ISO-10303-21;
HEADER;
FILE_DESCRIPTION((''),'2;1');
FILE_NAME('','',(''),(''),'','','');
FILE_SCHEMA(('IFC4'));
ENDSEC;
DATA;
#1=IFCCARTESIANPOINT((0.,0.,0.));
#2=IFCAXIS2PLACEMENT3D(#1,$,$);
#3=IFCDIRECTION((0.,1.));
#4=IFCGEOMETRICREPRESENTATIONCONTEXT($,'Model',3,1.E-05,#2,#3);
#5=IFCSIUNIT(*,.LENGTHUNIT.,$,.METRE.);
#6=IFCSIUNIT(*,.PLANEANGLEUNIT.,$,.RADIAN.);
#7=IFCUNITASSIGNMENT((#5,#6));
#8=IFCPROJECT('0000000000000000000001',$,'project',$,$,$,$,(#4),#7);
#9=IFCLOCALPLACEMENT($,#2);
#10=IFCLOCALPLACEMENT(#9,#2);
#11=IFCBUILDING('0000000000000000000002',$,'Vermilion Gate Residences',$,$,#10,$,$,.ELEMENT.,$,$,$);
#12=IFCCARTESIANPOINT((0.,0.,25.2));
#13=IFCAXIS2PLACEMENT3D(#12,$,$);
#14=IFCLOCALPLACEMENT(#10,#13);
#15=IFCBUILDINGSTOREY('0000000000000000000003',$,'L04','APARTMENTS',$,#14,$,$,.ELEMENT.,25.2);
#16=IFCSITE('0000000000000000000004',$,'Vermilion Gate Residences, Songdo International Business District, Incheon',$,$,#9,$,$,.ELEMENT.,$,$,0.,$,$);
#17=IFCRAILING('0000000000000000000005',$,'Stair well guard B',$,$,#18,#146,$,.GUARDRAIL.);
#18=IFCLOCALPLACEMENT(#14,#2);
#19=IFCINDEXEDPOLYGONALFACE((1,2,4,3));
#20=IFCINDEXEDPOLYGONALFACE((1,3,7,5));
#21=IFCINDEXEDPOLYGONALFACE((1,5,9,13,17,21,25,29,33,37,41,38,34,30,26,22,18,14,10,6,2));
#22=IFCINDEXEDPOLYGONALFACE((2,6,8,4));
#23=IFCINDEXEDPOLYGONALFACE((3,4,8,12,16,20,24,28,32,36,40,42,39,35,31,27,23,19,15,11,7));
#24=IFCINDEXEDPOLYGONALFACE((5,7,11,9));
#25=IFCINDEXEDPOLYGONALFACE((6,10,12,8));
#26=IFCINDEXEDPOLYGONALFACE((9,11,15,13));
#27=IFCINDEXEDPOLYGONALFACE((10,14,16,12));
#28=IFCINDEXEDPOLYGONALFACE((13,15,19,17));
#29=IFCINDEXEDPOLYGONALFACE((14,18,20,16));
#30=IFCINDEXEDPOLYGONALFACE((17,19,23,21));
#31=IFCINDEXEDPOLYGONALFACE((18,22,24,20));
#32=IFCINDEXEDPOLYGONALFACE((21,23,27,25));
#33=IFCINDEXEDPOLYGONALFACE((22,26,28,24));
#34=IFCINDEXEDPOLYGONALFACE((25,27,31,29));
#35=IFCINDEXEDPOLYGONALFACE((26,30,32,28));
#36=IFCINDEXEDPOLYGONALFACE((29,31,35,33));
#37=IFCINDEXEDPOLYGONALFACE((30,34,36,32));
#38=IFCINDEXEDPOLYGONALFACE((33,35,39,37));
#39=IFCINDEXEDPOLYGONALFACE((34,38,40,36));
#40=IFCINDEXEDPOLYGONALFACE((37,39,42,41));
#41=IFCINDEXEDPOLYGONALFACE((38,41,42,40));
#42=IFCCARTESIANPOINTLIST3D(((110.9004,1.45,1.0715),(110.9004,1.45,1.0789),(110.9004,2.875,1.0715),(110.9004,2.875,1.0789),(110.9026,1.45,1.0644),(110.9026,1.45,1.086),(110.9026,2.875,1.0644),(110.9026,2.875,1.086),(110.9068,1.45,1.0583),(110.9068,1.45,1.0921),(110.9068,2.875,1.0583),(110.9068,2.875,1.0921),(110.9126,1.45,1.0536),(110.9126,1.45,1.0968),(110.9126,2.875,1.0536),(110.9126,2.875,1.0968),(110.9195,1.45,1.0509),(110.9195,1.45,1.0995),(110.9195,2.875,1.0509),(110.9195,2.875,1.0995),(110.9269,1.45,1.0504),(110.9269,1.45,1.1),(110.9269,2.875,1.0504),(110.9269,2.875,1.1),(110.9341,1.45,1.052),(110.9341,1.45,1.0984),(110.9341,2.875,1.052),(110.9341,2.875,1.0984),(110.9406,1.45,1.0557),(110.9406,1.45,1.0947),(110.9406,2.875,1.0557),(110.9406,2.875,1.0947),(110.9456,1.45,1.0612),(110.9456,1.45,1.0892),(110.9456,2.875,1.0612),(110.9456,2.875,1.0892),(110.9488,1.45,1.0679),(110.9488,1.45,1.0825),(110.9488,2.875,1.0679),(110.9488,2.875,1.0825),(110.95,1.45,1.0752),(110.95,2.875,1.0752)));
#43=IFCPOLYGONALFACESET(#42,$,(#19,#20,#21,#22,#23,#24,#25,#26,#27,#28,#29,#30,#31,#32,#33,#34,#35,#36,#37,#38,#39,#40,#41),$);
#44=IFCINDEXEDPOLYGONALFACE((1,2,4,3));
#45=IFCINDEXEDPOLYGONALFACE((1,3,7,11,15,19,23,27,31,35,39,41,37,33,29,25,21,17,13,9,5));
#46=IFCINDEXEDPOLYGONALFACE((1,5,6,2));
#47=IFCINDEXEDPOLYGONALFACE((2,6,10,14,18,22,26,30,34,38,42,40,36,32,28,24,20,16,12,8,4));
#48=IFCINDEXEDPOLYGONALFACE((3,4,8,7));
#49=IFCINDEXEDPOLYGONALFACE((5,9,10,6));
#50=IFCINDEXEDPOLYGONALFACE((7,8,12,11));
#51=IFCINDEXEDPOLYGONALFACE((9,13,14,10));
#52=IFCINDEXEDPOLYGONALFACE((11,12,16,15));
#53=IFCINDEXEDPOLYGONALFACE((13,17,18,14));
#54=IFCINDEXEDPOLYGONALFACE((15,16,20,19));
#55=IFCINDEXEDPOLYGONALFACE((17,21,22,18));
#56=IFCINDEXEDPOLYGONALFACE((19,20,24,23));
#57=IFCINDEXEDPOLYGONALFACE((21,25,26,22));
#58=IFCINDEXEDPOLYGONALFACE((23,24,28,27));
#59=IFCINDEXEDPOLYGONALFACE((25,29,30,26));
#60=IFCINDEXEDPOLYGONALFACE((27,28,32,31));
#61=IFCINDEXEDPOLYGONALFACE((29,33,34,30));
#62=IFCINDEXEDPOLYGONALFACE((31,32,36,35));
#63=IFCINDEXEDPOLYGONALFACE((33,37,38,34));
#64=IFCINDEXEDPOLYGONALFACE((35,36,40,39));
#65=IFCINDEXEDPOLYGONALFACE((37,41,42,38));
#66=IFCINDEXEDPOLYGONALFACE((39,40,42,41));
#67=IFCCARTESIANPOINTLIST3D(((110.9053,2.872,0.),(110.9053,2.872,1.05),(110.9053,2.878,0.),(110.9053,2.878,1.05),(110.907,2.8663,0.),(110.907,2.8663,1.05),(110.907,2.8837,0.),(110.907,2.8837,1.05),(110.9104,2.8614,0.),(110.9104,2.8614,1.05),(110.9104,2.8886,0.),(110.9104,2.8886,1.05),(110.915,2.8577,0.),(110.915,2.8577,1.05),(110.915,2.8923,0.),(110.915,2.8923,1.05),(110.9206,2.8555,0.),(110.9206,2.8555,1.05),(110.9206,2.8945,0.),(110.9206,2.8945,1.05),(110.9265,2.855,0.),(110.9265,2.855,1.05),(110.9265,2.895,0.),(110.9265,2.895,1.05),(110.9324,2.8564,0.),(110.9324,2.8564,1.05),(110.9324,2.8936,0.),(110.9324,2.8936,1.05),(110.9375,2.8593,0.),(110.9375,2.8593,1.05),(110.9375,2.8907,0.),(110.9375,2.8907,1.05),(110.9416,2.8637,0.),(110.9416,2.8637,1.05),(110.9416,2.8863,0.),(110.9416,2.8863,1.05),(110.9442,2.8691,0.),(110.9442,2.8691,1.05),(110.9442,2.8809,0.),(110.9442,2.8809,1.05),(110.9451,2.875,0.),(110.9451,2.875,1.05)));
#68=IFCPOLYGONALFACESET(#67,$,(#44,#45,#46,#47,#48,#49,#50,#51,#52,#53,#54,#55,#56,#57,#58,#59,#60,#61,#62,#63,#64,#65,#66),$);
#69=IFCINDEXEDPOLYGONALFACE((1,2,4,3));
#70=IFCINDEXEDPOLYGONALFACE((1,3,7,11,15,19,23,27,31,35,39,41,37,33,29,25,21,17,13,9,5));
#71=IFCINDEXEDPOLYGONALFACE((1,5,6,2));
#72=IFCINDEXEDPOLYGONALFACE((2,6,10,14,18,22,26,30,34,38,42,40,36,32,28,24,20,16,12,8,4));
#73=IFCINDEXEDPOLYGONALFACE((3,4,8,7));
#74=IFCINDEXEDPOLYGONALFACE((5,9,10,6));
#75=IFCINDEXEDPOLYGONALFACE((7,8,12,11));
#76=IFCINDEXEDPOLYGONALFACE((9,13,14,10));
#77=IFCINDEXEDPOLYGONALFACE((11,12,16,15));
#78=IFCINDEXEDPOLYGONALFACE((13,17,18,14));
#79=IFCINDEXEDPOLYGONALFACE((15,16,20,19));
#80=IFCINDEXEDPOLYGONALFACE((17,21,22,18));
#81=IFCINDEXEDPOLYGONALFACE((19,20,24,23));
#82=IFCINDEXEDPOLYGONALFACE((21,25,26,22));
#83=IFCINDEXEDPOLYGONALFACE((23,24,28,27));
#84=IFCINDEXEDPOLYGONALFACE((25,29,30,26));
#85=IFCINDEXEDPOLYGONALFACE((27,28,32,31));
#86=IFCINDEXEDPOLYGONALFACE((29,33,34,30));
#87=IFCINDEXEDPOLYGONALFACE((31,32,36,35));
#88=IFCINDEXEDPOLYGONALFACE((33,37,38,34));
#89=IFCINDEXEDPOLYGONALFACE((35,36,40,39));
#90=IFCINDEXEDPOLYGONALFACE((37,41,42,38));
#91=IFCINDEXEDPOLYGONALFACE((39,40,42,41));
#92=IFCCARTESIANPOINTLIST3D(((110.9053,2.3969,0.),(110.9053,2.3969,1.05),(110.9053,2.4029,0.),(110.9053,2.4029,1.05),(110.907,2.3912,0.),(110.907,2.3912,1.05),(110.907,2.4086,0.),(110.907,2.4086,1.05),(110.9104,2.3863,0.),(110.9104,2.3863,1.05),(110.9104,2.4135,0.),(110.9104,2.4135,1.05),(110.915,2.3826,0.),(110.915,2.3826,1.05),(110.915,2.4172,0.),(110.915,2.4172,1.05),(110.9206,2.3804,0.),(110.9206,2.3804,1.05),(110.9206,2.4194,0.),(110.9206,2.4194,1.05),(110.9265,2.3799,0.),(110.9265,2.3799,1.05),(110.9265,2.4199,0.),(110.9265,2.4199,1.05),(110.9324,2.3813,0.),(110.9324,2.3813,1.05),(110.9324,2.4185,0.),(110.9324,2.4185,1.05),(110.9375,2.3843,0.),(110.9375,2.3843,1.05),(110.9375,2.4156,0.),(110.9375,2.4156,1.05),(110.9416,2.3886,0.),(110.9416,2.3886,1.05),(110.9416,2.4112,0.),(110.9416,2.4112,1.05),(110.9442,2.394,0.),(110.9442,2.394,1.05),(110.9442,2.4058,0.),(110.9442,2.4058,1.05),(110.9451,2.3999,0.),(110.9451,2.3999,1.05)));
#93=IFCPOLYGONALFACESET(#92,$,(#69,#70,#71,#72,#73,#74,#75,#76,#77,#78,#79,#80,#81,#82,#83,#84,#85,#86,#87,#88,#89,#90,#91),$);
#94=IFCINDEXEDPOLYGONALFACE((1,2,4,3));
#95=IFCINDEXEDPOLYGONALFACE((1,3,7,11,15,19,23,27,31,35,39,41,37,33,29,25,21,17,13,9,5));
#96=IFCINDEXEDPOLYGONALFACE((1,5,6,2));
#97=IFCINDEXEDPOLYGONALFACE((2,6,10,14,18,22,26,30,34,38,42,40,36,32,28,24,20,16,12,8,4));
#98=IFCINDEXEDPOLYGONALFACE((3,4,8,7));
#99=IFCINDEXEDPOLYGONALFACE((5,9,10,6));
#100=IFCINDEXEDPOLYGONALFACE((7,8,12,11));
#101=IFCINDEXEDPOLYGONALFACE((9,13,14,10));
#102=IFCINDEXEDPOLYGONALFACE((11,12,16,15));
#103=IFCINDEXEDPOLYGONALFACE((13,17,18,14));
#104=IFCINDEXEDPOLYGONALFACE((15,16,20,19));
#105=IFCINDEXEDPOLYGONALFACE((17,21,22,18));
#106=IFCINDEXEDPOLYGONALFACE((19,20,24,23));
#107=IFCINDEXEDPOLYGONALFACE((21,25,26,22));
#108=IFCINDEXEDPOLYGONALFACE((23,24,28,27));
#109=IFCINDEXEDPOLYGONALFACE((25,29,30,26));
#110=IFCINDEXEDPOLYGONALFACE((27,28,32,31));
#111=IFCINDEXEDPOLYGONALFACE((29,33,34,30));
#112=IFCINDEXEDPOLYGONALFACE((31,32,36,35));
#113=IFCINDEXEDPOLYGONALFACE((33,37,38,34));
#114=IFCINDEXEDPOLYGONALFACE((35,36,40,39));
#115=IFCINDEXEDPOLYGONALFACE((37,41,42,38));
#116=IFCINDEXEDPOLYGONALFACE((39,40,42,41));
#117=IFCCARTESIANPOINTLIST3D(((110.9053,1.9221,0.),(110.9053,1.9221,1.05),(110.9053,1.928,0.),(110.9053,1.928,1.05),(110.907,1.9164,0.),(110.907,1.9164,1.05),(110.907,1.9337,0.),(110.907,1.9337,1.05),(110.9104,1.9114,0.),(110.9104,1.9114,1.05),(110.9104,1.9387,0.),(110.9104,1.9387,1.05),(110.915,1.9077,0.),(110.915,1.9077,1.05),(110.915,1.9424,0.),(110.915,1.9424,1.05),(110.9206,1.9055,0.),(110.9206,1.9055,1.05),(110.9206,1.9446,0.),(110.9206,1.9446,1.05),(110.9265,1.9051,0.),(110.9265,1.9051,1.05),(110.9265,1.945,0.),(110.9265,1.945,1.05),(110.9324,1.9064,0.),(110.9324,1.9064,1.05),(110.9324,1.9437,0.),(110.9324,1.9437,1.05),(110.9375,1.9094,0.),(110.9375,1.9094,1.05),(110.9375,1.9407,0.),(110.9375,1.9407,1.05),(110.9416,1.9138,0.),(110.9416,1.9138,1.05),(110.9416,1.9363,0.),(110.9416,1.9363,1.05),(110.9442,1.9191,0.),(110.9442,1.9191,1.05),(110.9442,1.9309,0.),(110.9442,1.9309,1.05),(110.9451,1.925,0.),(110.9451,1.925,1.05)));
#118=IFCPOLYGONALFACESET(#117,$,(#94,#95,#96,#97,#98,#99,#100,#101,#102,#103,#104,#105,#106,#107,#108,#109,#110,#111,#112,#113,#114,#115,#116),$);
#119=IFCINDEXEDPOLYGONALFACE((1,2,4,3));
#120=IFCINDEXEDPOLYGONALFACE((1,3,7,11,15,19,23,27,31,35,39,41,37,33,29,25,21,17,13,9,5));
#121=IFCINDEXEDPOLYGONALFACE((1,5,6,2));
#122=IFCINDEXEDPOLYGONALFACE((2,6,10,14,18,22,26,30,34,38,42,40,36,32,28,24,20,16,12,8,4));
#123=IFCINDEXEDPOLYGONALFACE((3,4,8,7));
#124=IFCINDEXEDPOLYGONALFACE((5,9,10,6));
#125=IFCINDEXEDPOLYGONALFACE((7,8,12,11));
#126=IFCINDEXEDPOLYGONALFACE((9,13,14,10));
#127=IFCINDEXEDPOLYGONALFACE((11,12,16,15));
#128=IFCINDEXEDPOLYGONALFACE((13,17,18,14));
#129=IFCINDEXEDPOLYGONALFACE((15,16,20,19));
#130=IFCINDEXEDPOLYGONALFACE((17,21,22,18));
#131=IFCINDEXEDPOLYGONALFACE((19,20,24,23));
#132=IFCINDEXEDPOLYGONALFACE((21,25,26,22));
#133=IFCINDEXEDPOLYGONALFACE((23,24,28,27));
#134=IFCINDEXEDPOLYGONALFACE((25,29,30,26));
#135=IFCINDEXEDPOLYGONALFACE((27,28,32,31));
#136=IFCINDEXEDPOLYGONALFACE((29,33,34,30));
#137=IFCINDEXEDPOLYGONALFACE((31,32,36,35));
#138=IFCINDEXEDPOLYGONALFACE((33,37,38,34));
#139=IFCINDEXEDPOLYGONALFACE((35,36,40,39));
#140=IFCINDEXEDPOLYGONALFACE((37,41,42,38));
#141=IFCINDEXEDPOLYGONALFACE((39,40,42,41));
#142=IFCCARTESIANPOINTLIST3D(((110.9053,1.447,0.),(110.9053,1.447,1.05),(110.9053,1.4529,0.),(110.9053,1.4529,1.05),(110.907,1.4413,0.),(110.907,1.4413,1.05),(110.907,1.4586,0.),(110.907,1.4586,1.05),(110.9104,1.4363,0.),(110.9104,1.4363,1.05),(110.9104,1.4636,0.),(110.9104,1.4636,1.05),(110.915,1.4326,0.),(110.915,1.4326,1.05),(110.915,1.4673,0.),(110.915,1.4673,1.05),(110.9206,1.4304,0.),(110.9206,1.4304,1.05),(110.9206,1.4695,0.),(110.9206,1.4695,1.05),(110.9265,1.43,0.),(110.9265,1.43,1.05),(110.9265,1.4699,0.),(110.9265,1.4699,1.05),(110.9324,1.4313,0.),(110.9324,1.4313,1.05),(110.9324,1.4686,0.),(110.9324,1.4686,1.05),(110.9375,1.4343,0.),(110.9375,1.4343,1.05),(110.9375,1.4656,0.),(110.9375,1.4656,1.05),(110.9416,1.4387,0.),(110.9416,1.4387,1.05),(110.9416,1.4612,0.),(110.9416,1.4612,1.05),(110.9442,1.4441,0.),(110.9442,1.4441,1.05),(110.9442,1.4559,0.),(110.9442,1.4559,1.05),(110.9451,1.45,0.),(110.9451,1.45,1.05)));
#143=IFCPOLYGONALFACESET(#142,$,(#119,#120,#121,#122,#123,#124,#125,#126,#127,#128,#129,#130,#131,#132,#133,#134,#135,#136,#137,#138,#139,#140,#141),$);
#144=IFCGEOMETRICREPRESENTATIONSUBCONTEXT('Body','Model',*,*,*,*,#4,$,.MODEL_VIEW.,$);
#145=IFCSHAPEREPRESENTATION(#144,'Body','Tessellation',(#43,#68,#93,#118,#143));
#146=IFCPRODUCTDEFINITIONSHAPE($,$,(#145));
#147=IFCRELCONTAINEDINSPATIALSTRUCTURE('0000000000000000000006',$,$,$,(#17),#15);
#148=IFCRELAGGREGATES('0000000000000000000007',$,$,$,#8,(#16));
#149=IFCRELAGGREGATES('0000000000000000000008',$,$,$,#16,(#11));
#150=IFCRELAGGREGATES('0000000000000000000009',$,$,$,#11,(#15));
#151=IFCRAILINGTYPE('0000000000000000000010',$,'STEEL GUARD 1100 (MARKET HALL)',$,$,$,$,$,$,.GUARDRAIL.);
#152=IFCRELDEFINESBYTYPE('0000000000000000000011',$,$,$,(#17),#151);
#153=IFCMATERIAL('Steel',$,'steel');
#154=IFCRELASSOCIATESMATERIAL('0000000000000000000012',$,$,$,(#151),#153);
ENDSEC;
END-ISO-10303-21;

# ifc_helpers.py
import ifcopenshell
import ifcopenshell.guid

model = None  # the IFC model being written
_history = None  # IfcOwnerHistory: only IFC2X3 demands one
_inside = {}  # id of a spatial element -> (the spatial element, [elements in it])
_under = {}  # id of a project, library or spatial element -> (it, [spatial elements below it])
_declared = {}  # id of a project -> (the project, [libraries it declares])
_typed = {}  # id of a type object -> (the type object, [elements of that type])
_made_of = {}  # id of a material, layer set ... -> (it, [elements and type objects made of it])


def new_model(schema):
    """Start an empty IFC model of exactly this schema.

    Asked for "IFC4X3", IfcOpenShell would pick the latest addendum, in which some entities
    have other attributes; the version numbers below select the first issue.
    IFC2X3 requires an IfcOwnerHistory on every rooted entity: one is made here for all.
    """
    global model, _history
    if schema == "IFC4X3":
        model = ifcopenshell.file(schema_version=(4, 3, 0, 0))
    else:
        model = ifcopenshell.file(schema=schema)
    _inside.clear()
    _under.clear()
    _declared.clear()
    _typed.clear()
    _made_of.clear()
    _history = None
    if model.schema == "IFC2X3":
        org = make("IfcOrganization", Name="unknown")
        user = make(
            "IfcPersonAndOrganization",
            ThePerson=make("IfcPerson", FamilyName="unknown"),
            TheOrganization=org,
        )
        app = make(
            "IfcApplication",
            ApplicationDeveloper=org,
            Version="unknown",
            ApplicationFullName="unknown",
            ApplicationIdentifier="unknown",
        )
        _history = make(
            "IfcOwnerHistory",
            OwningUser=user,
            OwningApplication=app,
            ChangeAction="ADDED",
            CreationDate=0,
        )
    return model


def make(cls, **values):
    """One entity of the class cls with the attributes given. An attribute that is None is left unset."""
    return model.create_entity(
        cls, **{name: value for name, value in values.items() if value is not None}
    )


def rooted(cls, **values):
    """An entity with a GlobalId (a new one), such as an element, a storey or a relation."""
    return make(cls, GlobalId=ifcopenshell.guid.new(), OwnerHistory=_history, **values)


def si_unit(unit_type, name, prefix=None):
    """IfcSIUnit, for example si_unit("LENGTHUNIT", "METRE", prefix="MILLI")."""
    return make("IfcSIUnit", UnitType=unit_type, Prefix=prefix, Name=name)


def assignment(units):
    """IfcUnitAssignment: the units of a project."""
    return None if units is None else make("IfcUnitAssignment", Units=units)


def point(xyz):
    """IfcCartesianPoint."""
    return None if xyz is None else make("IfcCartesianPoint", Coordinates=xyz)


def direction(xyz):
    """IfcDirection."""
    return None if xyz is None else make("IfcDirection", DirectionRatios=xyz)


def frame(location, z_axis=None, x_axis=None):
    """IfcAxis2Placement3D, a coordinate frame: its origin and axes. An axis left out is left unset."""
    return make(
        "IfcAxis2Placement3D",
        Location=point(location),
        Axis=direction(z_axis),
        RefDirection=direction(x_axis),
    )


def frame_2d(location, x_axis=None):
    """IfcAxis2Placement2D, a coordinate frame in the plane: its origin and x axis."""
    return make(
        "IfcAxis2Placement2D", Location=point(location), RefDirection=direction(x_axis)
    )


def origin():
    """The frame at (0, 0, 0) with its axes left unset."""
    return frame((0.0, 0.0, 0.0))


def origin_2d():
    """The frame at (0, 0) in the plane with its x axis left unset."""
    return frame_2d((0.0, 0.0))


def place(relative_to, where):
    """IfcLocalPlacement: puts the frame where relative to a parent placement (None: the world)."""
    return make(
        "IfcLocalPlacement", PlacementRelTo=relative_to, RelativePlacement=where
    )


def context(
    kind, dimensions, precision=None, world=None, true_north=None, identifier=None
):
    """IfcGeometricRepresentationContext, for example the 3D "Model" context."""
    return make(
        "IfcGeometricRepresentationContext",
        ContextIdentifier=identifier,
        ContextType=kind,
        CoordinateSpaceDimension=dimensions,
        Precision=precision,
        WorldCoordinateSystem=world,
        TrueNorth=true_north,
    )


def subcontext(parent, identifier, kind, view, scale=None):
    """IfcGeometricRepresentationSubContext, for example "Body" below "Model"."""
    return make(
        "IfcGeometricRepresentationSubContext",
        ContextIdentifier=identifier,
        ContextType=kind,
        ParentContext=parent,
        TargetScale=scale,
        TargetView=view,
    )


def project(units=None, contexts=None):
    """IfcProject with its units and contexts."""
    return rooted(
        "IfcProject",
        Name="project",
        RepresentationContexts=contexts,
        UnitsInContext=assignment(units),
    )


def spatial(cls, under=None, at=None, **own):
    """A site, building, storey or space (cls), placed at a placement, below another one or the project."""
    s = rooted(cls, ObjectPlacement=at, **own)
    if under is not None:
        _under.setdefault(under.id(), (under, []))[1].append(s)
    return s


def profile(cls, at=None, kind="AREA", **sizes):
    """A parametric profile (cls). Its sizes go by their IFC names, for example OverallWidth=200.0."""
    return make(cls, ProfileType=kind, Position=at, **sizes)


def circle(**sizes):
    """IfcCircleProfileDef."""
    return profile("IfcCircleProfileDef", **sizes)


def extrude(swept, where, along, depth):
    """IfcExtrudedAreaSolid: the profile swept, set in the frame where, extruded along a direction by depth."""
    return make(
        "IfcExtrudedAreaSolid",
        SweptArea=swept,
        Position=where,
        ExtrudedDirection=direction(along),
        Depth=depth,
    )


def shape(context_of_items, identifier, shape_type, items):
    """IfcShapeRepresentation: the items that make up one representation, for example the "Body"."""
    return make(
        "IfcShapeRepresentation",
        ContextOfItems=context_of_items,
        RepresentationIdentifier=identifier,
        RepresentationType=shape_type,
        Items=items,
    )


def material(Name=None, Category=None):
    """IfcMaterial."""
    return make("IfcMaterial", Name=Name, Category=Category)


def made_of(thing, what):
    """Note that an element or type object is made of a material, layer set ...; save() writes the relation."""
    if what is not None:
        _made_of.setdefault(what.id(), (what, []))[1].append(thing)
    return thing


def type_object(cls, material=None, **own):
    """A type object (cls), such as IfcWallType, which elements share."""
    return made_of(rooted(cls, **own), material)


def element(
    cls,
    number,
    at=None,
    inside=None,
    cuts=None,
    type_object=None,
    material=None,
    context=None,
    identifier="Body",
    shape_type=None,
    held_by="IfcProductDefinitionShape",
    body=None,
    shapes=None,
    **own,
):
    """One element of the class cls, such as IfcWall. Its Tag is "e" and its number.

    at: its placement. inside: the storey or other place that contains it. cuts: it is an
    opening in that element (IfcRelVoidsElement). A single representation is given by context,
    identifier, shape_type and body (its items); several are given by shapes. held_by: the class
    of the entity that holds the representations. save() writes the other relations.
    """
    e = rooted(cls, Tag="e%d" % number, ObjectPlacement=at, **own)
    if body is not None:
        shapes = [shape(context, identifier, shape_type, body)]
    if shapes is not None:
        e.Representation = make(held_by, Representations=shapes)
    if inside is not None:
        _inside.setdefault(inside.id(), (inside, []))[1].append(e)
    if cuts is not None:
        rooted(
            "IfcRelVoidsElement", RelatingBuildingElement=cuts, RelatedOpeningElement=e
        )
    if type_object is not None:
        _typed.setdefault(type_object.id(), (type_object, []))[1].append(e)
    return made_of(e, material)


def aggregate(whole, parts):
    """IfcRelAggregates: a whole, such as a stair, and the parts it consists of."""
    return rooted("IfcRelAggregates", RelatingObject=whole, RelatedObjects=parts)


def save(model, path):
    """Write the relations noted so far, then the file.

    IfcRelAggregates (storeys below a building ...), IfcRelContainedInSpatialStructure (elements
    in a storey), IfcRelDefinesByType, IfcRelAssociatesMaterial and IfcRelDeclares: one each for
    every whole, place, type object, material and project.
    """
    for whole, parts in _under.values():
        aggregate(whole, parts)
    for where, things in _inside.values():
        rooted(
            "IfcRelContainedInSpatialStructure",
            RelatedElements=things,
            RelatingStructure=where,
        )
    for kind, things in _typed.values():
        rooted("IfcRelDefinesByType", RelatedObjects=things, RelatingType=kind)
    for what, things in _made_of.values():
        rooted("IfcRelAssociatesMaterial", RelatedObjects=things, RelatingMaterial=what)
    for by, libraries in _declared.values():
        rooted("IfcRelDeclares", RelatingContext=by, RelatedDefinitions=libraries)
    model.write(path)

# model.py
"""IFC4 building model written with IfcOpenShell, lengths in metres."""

from ifc_helpers import new_model, si_unit, direction, frame, origin, origin_2d, place, context, subcontext, project, spatial, circle, extrude, material, type_object, element, save


model = new_model("IFC4")

# Units and contexts
model_context = context("Model", 3, precision=1e-05, world=origin(), true_north=direction((0.0, 1.0)))
body_context = subcontext(model_context, "Body", "Model", "MODEL_VIEW")
ifc_project = project(units=[si_unit("LENGTHUNIT", "METRE"), si_unit("PLANEANGLEUNIT", "RADIAN")], contexts=[model_context])

# Site, building, storey
site_placement = place(None, origin())
site = spatial("IfcSite", under=ifc_project, at=site_placement, Name="Vermilion Gate Residences, Songdo International Business District, Incheon", CompositionType="ELEMENT", RefElevation=0.0)
building_placement = place(site_placement, origin())
building = spatial("IfcBuilding", under=site, at=building_placement, Name="Vermilion Gate Residences", CompositionType="ELEMENT")
storey_placement = place(building_placement, frame((0.0, 0.0, 25.2)))
storey = spatial("IfcBuildingStorey", under=building, at=storey_placement, Name="L04", Description="APARTMENTS", CompositionType="ELEMENT", Elevation=25.2)

# Railing
ifc_material_1 = material(Name="Steel", Category="steel")
railing_type = type_object("IfcRailingType", Name="STEEL GUARD 1100 (MARKET HALL)", PredefinedType="GUARDRAIL", material=ifc_material_1)
railing_1_placement = place(storey_placement, frame((110.925, 2.875, 0.0)))
element("IfcRailing", 1, at=railing_1_placement, inside=storey, type_object=railing_type, Name="Stair well guard B", PredefinedType="GUARDRAIL", context=body_context, shape_type="SweptSolid", body=[
    extrude(circle(Radius=0.0249, at=origin_2d()), frame((0.0, 0.0, 1.0752), z_axis=(0.0, -1.0, 0.0), x_axis=(1.0, 0.0, 0.0)), (0.0, 0.0, 1.0), 1.425),
    extrude(circle(Radius=0.02, at=origin_2d()), origin(), (0.0, 0.0, 1.0), 1.05),
    extrude(circle(Radius=0.02, at=origin_2d()), frame((0.0, -0.4751, 0.0)), (0.0, 0.0, 1.0), 1.05),
    extrude(circle(Radius=0.02, at=origin_2d()), frame((0.0, -0.95, 0.0)), (0.0, 0.0, 1.0), 1.05),
    extrude(circle(Radius=0.02, at=origin_2d()), frame((0.0, -1.425, 0.0)), (0.0, 0.0, 1.0), 1.05),
])

save(model, "model.ifc")
